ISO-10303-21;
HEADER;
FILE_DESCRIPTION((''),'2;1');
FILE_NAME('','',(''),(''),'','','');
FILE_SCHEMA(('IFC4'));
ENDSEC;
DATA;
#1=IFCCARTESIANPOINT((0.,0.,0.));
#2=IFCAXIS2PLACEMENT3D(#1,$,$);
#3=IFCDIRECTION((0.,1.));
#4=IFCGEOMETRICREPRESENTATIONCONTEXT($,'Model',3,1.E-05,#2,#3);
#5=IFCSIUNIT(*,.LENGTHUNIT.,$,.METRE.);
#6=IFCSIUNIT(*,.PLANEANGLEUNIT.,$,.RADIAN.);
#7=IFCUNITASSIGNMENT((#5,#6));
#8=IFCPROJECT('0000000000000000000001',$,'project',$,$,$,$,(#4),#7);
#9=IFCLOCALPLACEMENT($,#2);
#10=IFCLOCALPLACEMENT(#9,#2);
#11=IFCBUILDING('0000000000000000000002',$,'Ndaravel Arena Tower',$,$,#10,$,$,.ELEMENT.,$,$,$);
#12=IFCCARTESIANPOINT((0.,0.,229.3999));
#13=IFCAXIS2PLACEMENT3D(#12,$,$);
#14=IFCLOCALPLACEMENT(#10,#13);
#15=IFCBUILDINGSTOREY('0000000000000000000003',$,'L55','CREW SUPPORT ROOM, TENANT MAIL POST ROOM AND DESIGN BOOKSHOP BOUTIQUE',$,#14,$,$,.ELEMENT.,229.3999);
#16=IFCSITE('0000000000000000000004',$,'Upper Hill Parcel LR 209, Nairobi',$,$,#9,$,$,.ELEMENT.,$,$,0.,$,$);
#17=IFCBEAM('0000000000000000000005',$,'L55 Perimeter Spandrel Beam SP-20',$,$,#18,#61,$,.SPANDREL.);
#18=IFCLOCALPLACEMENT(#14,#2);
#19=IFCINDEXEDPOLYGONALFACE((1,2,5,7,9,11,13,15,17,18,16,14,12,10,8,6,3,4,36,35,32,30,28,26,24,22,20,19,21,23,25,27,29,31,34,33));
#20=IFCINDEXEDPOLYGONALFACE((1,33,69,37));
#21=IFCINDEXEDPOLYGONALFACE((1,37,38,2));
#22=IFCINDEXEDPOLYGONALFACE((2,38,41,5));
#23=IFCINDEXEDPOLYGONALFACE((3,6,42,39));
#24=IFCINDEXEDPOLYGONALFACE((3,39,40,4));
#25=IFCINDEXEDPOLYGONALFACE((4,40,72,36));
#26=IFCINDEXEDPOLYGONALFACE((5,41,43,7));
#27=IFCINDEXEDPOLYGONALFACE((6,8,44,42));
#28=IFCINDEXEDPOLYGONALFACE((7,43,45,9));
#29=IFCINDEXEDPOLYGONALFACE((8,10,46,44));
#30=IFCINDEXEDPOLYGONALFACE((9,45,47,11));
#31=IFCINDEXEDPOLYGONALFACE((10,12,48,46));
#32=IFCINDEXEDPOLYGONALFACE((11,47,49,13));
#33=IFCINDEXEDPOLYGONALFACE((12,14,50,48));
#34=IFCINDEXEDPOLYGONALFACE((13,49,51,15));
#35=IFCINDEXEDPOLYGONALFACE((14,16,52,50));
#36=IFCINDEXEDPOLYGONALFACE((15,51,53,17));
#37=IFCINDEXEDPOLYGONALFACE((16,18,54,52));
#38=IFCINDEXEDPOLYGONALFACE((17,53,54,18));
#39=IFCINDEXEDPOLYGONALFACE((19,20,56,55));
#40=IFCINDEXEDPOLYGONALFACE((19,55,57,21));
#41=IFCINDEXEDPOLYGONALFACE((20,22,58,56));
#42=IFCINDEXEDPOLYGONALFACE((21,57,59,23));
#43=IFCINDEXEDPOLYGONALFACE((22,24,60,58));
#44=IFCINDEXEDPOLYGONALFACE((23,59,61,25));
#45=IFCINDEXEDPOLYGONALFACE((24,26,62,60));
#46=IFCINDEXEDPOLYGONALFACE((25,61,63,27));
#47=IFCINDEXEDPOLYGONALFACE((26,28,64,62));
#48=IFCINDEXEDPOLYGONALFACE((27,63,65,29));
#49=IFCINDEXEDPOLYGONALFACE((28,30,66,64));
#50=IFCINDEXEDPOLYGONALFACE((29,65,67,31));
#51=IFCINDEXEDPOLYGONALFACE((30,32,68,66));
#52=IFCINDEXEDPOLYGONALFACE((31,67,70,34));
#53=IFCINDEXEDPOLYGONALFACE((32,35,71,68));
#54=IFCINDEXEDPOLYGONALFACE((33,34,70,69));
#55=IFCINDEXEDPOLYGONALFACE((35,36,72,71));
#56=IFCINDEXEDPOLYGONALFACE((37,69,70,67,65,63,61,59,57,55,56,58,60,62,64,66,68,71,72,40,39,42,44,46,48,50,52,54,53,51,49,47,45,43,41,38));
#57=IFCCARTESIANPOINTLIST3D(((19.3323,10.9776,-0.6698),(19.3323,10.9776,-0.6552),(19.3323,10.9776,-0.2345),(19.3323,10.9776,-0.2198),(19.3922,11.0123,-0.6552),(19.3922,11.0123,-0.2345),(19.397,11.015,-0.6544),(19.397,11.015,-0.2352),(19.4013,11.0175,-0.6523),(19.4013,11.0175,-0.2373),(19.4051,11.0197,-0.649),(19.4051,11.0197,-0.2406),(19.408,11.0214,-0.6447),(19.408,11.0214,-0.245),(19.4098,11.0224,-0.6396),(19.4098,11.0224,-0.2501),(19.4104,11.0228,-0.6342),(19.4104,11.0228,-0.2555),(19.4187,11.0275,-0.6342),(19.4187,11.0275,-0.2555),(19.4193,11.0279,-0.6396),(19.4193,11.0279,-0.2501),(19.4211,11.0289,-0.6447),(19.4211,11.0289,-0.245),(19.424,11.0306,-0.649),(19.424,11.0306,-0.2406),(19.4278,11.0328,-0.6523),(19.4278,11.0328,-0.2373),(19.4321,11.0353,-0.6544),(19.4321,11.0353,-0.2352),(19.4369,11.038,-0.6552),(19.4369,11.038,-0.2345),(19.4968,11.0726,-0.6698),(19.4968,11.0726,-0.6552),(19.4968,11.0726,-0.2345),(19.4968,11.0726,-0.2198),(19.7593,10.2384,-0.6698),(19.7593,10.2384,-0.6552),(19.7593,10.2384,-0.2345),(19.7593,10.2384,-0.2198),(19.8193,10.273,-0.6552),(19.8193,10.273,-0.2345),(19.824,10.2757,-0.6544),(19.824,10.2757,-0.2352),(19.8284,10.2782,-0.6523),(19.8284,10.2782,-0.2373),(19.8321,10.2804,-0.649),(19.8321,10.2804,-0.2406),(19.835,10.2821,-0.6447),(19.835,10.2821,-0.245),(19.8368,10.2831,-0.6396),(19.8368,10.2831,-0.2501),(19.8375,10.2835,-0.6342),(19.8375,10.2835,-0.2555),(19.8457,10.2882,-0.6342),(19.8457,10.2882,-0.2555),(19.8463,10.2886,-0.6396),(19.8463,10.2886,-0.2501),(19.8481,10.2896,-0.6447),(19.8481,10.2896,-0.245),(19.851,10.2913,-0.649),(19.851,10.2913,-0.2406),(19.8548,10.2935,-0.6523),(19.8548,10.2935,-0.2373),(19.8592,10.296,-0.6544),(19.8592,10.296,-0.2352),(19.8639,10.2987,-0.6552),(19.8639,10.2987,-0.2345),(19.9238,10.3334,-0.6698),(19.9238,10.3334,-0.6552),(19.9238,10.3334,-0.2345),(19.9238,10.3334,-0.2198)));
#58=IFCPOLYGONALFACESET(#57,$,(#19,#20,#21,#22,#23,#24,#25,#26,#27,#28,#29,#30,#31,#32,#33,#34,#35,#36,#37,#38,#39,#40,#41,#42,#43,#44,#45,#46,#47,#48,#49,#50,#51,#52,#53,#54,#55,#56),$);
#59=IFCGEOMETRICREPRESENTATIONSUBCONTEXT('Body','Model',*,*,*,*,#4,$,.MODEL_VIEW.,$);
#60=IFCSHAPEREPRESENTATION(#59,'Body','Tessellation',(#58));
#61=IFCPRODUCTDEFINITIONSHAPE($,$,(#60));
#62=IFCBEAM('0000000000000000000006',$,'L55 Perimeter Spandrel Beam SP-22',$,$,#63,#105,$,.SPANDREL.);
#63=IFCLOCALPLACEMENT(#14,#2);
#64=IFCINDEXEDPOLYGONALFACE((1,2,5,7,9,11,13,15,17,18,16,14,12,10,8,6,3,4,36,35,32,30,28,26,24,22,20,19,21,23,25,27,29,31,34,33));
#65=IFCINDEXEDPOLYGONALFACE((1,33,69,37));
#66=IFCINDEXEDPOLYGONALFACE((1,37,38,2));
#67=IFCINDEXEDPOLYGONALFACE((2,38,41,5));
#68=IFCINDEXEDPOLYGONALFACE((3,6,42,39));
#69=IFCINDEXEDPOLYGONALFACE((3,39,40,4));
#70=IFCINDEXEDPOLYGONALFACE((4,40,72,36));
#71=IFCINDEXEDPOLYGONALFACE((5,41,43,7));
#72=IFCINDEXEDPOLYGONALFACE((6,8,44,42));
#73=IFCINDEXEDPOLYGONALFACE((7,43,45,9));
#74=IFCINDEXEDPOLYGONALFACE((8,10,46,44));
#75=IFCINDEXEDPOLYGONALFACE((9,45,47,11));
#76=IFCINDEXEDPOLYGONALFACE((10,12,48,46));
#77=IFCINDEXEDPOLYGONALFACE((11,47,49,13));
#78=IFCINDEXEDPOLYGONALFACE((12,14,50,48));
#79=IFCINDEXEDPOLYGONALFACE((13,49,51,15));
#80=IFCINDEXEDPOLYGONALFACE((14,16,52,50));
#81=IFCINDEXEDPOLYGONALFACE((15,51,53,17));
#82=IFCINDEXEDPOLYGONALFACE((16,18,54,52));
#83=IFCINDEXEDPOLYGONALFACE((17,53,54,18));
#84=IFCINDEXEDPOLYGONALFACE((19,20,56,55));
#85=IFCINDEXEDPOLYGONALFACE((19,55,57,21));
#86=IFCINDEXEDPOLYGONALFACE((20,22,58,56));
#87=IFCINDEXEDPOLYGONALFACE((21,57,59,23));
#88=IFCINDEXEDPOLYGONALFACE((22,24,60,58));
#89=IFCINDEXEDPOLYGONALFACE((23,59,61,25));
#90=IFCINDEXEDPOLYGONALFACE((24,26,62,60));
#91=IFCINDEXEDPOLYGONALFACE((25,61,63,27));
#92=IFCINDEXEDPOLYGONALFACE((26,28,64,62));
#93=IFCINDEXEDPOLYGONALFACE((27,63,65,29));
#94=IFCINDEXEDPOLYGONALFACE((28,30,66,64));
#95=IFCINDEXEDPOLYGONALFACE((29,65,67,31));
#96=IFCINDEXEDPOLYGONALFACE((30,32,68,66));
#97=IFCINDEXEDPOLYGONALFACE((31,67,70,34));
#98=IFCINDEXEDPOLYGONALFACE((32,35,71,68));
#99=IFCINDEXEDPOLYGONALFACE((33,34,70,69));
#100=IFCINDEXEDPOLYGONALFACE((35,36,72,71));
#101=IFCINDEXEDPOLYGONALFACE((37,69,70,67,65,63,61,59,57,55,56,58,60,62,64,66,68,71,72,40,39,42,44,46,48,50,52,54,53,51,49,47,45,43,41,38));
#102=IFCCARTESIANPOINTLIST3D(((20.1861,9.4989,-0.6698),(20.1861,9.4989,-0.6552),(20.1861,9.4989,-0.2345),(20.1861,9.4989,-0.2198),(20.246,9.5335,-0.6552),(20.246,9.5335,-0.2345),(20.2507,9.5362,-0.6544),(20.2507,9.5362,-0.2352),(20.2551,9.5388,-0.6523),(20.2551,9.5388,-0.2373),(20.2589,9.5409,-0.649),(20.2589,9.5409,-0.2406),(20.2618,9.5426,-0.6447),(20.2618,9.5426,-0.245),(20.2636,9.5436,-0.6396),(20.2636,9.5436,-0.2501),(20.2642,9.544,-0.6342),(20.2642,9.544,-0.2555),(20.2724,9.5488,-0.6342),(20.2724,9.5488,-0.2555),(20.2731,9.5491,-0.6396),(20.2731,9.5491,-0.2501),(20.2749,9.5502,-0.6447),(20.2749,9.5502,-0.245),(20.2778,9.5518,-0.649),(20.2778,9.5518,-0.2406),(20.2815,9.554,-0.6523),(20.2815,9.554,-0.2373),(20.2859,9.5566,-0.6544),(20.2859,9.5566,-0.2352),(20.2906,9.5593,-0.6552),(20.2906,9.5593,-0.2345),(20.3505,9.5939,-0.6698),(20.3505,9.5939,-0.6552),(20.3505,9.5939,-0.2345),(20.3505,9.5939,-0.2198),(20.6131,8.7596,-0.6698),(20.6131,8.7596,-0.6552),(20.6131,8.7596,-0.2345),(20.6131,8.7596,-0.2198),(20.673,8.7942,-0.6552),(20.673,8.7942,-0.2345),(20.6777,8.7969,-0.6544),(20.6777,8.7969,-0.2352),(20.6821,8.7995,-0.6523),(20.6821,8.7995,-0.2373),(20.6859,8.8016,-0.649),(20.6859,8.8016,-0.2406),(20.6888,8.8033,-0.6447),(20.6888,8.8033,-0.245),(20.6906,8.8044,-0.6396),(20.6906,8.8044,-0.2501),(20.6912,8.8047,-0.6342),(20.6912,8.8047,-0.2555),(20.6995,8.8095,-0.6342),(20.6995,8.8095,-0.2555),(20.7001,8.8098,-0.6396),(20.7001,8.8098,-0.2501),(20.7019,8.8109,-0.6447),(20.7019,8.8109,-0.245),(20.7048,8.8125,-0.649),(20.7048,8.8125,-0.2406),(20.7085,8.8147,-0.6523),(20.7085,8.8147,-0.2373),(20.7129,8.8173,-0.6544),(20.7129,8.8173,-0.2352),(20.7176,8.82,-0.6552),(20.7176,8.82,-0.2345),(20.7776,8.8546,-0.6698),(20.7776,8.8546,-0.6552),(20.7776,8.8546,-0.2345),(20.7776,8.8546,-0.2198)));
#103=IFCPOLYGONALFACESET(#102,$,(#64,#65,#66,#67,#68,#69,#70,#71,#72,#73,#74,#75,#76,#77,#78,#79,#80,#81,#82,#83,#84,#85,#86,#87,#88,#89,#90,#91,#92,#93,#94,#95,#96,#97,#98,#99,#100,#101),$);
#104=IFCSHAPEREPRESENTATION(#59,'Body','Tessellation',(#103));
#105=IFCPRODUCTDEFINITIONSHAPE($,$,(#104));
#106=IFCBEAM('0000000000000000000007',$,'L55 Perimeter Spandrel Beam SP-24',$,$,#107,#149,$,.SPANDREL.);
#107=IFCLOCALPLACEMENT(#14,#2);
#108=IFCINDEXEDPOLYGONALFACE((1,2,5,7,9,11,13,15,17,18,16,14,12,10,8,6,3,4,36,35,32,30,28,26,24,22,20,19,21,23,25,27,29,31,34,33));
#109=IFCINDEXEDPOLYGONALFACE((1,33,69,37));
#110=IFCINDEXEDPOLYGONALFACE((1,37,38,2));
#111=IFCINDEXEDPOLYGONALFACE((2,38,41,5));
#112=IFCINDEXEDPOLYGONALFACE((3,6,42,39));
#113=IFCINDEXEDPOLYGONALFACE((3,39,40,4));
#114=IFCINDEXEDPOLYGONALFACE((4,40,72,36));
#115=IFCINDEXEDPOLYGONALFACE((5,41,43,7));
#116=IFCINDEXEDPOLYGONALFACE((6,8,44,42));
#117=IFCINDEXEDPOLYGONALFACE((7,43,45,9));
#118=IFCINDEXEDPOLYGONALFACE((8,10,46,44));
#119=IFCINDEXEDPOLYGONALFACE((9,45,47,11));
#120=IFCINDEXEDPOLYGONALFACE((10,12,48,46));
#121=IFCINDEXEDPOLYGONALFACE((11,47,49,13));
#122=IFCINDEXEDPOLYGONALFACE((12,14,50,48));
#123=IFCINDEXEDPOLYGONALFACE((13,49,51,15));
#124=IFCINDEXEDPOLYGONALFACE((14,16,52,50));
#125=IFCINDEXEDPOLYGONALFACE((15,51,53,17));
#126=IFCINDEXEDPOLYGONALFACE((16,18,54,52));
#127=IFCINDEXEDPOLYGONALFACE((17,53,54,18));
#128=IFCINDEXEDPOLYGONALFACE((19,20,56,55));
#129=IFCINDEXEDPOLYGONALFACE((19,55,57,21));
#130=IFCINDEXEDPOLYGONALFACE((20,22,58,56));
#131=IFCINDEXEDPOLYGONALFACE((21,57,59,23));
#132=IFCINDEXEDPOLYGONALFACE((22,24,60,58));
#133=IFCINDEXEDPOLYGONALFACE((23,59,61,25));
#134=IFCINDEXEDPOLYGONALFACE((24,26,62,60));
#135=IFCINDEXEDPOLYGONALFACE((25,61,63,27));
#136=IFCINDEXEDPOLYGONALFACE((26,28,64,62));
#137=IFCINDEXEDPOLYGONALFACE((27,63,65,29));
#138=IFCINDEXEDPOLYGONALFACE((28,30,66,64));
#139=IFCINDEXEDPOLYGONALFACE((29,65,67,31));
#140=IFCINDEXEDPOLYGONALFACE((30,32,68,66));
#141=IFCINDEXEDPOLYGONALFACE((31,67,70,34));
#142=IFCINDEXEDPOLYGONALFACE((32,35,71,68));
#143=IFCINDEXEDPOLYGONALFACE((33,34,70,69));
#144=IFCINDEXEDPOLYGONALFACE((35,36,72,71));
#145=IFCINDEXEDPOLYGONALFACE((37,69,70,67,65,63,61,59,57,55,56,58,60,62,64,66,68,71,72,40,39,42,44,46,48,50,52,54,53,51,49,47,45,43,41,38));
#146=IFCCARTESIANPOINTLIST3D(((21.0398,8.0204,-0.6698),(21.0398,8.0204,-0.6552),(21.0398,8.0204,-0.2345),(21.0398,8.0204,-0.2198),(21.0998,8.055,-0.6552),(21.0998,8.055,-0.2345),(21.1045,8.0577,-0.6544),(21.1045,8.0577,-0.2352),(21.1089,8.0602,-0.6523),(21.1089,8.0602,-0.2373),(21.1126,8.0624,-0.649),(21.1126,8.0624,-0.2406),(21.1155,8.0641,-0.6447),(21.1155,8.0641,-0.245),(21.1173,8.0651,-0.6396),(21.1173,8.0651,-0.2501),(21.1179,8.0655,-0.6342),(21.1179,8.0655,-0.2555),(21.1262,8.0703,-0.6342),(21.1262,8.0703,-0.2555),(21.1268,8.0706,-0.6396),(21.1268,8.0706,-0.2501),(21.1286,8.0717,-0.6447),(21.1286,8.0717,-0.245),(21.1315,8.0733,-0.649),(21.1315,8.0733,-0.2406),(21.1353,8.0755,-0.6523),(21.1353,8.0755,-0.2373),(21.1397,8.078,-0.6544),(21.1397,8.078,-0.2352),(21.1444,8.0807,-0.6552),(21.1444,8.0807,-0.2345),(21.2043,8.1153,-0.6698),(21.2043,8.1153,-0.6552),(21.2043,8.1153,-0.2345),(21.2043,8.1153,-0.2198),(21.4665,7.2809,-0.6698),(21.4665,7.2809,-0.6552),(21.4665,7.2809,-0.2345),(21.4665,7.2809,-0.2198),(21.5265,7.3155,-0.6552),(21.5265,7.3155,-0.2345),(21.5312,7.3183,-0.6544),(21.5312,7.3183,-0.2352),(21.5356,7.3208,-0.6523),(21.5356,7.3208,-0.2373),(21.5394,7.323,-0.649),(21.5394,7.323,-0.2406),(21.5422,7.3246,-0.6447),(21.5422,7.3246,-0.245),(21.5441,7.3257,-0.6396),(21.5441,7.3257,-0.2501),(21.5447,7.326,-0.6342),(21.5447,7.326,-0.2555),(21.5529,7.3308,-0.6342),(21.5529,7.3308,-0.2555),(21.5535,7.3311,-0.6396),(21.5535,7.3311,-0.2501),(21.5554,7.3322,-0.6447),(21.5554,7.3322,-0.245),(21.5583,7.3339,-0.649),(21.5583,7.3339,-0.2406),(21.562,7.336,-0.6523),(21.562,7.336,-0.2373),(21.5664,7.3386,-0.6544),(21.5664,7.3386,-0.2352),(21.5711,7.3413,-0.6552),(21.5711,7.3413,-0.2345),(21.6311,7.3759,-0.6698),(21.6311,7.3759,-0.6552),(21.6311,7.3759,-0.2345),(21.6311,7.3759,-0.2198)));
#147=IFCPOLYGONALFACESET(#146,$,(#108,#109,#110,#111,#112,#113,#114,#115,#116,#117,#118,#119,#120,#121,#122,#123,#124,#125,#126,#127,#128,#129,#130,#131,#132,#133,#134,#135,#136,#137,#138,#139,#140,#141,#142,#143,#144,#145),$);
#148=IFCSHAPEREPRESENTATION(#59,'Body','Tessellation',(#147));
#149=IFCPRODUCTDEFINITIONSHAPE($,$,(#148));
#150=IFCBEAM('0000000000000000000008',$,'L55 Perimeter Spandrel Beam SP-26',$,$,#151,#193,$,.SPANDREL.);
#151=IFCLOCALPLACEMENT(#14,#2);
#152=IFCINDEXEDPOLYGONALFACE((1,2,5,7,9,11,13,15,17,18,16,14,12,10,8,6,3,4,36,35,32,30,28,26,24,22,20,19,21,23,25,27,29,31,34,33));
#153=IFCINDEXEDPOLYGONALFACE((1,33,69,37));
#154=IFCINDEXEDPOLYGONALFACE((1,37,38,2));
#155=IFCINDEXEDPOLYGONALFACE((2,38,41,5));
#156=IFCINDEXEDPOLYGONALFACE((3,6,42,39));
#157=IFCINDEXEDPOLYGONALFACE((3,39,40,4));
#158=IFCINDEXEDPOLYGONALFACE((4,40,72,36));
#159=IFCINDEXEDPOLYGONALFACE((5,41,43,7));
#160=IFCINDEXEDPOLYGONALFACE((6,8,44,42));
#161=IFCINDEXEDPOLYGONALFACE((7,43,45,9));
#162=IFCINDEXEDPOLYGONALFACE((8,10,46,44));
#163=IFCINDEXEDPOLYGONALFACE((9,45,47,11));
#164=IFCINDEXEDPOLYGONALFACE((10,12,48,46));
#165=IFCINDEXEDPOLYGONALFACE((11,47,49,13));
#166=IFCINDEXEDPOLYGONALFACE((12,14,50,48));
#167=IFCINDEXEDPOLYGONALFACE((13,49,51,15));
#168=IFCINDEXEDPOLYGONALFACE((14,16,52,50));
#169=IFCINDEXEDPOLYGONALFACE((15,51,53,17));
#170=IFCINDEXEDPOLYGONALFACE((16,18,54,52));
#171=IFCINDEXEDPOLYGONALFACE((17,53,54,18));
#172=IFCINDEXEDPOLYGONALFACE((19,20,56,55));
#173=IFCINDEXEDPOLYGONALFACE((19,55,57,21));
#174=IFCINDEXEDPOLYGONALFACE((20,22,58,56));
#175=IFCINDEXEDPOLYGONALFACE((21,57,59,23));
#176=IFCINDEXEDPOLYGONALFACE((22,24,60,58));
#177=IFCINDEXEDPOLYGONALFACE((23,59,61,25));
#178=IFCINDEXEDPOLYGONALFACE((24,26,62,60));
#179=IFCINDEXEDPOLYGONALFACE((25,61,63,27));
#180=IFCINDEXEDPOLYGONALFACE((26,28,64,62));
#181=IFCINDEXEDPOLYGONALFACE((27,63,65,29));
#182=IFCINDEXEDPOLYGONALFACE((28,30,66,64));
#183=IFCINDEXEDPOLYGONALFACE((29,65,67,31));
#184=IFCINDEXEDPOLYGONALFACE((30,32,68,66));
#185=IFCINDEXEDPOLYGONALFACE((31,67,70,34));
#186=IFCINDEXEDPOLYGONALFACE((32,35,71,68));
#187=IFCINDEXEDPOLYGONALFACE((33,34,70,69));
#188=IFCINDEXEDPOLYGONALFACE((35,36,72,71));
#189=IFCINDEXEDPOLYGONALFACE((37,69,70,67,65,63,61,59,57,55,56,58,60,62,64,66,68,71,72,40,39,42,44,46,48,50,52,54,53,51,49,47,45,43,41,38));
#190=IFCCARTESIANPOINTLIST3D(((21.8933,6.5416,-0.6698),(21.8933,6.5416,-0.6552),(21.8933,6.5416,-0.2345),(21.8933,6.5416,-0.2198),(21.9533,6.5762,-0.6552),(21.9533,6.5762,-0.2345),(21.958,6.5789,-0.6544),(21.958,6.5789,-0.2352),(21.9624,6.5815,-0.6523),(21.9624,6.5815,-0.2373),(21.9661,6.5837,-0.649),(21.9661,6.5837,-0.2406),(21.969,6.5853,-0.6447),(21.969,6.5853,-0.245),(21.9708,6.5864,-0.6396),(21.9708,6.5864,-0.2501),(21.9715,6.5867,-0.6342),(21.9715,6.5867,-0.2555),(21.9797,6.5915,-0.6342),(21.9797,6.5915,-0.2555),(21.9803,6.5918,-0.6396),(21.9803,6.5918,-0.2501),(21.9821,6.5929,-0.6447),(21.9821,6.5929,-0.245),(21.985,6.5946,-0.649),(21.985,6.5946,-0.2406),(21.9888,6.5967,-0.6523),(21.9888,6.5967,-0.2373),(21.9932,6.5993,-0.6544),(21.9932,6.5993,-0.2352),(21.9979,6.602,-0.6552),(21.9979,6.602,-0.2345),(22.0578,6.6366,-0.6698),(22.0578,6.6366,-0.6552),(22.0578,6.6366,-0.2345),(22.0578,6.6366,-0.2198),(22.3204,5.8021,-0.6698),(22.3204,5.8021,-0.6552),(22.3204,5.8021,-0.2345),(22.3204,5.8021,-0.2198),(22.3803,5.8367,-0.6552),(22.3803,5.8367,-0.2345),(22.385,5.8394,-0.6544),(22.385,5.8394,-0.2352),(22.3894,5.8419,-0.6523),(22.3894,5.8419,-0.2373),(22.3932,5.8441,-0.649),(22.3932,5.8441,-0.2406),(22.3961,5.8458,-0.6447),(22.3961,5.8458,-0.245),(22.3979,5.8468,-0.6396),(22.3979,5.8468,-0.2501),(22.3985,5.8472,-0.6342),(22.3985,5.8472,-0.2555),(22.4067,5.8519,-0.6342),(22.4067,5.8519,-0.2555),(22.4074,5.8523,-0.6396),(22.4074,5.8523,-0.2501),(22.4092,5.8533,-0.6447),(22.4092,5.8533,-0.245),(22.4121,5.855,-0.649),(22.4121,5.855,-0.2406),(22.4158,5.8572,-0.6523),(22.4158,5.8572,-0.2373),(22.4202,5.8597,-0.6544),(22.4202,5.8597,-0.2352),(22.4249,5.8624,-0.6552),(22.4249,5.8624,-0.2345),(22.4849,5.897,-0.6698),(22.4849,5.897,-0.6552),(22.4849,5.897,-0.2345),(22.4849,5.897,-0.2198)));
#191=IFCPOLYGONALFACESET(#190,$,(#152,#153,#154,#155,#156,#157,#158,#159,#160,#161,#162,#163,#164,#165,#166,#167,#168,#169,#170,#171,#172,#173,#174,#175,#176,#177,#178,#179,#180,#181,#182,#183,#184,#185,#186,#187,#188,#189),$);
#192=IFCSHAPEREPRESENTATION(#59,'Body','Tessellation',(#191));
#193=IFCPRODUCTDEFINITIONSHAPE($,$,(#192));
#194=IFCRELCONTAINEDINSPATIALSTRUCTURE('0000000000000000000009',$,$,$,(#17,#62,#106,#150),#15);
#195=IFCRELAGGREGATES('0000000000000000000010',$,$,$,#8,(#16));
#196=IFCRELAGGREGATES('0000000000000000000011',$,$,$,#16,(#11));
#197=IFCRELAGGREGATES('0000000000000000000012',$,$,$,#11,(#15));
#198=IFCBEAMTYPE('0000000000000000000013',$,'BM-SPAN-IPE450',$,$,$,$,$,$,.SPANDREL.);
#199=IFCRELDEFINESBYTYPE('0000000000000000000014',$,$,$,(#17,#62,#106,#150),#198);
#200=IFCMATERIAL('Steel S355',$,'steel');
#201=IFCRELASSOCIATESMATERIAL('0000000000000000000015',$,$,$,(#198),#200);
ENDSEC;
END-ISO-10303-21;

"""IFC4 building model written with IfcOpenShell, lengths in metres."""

from ifc_helpers import new_model, si_unit, direction, frame, origin, origin_2d, place, context, subcontext, project, spatial, i_section, extrude, material, material_profile, profile_set, type_object, element, save


model = new_model("IFC4")

# Units and contexts
model_context = context("Model", 3, precision=1e-05, world=origin(), true_north=direction((0.0, 1.0)))
body_context = subcontext(model_context, "Body", "Model", "MODEL_VIEW")
ifc_project = project(units=[si_unit("LENGTHUNIT", "METRE"), si_unit("PLANEANGLEUNIT", "RADIAN")], contexts=[model_context])

# Site, building, storey
site_placement = place(None, origin())
site = spatial("IfcSite", under=ifc_project, at=site_placement, Name="Upper Hill Parcel LR 209, Nairobi", CompositionType="ELEMENT", RefElevation=0.0)
building_placement = place(site_placement, origin())
building = spatial("IfcBuilding", under=site, at=building_placement, Name="Ndaravel Arena Tower", CompositionType="ELEMENT")
storey_placement = place(building_placement, frame((0.0, 0.0, 229.3999)))
storey = spatial("IfcBuildingStorey", under=building, at=storey_placement, Name="L55", Description="CREW SUPPORT ROOM, TENANT MAIL POST ROOM AND DESIGN BOOKSHOP BOUTIQUE", CompositionType="ELEMENT", Elevation=229.3999)

# Beams
ifc_material_1 = material(Name="Steel S355", Category="steel")
ifc_material_profile_1 = material_profile(ifc_material_1, i_section(OverallWidth=0.1899, OverallDepth=0.45, WebThickness=0.0095, FlangeThickness=0.0146, FilletRadius=0.021, at=origin_2d()), Name="IPE 450")
ifc_profile_set_1 = profile_set([ifc_material_profile_1], Name="Steel S355")
beam_type = type_object("IfcBeamType", Name="BM-SPAN-IPE450", PredefinedType="SPANDREL", material=ifc_profile_set_1)
for number, where, z_axis, x_axis, name in (
    (1, (19.4146, 11.0251, -0.4448), (0.500168, -0.865928, 0.0), (0.865928, 0.500168, 0.0), "L55 Perimeter Spandrel Beam SP-20"),
    (2, (20.2683, 9.5464, -0.4448), (0.500168, -0.865928, 0.0), (0.865928, 0.500168, 0.0), "L55 Perimeter Spandrel Beam SP-22"),
    (3, (21.1221, 8.0679, -0.4448), (0.49983, -0.866124, 0.0), (0.866124, 0.49983, 0.0), "L55 Perimeter Spandrel Beam SP-24"),
):
    element("IfcBeam", number, at=place(storey_placement, frame(where, z_axis=z_axis, x_axis=x_axis)), inside=storey, type_object=beam_type, Name=name, PredefinedType="SPANDREL", context=body_context, shape_type="SweptSolid", body=[
        extrude(i_section(OverallWidth=0.1899, OverallDepth=0.45, WebThickness=0.0095, FlangeThickness=0.0146, FilletRadius=0.021, at=origin_2d()), origin(), (0.0, 0.0, 1.0), 0.8538),
    ])
beam_1_placement = place(storey_placement, frame((21.9756, 6.5891, -0.4448), z_axis=(0.500044, -0.866, 0.0), x_axis=(0.866, 0.500044, 0.0)))
element("IfcBeam", 4, at=beam_1_placement, inside=storey, type_object=beam_type, Name="L55 Perimeter Spandrel Beam SP-26", PredefinedType="SPANDREL", context=body_context, shape_type="SweptSolid", body=[
    extrude(i_section(OverallWidth=0.1899, OverallDepth=0.45, WebThickness=0.0095, FlangeThickness=0.0146, FilletRadius=0.021, at=origin_2d()), origin(), (0.0, 0.0, 1.0), 0.854),
])

save(model, "model.ifc")
